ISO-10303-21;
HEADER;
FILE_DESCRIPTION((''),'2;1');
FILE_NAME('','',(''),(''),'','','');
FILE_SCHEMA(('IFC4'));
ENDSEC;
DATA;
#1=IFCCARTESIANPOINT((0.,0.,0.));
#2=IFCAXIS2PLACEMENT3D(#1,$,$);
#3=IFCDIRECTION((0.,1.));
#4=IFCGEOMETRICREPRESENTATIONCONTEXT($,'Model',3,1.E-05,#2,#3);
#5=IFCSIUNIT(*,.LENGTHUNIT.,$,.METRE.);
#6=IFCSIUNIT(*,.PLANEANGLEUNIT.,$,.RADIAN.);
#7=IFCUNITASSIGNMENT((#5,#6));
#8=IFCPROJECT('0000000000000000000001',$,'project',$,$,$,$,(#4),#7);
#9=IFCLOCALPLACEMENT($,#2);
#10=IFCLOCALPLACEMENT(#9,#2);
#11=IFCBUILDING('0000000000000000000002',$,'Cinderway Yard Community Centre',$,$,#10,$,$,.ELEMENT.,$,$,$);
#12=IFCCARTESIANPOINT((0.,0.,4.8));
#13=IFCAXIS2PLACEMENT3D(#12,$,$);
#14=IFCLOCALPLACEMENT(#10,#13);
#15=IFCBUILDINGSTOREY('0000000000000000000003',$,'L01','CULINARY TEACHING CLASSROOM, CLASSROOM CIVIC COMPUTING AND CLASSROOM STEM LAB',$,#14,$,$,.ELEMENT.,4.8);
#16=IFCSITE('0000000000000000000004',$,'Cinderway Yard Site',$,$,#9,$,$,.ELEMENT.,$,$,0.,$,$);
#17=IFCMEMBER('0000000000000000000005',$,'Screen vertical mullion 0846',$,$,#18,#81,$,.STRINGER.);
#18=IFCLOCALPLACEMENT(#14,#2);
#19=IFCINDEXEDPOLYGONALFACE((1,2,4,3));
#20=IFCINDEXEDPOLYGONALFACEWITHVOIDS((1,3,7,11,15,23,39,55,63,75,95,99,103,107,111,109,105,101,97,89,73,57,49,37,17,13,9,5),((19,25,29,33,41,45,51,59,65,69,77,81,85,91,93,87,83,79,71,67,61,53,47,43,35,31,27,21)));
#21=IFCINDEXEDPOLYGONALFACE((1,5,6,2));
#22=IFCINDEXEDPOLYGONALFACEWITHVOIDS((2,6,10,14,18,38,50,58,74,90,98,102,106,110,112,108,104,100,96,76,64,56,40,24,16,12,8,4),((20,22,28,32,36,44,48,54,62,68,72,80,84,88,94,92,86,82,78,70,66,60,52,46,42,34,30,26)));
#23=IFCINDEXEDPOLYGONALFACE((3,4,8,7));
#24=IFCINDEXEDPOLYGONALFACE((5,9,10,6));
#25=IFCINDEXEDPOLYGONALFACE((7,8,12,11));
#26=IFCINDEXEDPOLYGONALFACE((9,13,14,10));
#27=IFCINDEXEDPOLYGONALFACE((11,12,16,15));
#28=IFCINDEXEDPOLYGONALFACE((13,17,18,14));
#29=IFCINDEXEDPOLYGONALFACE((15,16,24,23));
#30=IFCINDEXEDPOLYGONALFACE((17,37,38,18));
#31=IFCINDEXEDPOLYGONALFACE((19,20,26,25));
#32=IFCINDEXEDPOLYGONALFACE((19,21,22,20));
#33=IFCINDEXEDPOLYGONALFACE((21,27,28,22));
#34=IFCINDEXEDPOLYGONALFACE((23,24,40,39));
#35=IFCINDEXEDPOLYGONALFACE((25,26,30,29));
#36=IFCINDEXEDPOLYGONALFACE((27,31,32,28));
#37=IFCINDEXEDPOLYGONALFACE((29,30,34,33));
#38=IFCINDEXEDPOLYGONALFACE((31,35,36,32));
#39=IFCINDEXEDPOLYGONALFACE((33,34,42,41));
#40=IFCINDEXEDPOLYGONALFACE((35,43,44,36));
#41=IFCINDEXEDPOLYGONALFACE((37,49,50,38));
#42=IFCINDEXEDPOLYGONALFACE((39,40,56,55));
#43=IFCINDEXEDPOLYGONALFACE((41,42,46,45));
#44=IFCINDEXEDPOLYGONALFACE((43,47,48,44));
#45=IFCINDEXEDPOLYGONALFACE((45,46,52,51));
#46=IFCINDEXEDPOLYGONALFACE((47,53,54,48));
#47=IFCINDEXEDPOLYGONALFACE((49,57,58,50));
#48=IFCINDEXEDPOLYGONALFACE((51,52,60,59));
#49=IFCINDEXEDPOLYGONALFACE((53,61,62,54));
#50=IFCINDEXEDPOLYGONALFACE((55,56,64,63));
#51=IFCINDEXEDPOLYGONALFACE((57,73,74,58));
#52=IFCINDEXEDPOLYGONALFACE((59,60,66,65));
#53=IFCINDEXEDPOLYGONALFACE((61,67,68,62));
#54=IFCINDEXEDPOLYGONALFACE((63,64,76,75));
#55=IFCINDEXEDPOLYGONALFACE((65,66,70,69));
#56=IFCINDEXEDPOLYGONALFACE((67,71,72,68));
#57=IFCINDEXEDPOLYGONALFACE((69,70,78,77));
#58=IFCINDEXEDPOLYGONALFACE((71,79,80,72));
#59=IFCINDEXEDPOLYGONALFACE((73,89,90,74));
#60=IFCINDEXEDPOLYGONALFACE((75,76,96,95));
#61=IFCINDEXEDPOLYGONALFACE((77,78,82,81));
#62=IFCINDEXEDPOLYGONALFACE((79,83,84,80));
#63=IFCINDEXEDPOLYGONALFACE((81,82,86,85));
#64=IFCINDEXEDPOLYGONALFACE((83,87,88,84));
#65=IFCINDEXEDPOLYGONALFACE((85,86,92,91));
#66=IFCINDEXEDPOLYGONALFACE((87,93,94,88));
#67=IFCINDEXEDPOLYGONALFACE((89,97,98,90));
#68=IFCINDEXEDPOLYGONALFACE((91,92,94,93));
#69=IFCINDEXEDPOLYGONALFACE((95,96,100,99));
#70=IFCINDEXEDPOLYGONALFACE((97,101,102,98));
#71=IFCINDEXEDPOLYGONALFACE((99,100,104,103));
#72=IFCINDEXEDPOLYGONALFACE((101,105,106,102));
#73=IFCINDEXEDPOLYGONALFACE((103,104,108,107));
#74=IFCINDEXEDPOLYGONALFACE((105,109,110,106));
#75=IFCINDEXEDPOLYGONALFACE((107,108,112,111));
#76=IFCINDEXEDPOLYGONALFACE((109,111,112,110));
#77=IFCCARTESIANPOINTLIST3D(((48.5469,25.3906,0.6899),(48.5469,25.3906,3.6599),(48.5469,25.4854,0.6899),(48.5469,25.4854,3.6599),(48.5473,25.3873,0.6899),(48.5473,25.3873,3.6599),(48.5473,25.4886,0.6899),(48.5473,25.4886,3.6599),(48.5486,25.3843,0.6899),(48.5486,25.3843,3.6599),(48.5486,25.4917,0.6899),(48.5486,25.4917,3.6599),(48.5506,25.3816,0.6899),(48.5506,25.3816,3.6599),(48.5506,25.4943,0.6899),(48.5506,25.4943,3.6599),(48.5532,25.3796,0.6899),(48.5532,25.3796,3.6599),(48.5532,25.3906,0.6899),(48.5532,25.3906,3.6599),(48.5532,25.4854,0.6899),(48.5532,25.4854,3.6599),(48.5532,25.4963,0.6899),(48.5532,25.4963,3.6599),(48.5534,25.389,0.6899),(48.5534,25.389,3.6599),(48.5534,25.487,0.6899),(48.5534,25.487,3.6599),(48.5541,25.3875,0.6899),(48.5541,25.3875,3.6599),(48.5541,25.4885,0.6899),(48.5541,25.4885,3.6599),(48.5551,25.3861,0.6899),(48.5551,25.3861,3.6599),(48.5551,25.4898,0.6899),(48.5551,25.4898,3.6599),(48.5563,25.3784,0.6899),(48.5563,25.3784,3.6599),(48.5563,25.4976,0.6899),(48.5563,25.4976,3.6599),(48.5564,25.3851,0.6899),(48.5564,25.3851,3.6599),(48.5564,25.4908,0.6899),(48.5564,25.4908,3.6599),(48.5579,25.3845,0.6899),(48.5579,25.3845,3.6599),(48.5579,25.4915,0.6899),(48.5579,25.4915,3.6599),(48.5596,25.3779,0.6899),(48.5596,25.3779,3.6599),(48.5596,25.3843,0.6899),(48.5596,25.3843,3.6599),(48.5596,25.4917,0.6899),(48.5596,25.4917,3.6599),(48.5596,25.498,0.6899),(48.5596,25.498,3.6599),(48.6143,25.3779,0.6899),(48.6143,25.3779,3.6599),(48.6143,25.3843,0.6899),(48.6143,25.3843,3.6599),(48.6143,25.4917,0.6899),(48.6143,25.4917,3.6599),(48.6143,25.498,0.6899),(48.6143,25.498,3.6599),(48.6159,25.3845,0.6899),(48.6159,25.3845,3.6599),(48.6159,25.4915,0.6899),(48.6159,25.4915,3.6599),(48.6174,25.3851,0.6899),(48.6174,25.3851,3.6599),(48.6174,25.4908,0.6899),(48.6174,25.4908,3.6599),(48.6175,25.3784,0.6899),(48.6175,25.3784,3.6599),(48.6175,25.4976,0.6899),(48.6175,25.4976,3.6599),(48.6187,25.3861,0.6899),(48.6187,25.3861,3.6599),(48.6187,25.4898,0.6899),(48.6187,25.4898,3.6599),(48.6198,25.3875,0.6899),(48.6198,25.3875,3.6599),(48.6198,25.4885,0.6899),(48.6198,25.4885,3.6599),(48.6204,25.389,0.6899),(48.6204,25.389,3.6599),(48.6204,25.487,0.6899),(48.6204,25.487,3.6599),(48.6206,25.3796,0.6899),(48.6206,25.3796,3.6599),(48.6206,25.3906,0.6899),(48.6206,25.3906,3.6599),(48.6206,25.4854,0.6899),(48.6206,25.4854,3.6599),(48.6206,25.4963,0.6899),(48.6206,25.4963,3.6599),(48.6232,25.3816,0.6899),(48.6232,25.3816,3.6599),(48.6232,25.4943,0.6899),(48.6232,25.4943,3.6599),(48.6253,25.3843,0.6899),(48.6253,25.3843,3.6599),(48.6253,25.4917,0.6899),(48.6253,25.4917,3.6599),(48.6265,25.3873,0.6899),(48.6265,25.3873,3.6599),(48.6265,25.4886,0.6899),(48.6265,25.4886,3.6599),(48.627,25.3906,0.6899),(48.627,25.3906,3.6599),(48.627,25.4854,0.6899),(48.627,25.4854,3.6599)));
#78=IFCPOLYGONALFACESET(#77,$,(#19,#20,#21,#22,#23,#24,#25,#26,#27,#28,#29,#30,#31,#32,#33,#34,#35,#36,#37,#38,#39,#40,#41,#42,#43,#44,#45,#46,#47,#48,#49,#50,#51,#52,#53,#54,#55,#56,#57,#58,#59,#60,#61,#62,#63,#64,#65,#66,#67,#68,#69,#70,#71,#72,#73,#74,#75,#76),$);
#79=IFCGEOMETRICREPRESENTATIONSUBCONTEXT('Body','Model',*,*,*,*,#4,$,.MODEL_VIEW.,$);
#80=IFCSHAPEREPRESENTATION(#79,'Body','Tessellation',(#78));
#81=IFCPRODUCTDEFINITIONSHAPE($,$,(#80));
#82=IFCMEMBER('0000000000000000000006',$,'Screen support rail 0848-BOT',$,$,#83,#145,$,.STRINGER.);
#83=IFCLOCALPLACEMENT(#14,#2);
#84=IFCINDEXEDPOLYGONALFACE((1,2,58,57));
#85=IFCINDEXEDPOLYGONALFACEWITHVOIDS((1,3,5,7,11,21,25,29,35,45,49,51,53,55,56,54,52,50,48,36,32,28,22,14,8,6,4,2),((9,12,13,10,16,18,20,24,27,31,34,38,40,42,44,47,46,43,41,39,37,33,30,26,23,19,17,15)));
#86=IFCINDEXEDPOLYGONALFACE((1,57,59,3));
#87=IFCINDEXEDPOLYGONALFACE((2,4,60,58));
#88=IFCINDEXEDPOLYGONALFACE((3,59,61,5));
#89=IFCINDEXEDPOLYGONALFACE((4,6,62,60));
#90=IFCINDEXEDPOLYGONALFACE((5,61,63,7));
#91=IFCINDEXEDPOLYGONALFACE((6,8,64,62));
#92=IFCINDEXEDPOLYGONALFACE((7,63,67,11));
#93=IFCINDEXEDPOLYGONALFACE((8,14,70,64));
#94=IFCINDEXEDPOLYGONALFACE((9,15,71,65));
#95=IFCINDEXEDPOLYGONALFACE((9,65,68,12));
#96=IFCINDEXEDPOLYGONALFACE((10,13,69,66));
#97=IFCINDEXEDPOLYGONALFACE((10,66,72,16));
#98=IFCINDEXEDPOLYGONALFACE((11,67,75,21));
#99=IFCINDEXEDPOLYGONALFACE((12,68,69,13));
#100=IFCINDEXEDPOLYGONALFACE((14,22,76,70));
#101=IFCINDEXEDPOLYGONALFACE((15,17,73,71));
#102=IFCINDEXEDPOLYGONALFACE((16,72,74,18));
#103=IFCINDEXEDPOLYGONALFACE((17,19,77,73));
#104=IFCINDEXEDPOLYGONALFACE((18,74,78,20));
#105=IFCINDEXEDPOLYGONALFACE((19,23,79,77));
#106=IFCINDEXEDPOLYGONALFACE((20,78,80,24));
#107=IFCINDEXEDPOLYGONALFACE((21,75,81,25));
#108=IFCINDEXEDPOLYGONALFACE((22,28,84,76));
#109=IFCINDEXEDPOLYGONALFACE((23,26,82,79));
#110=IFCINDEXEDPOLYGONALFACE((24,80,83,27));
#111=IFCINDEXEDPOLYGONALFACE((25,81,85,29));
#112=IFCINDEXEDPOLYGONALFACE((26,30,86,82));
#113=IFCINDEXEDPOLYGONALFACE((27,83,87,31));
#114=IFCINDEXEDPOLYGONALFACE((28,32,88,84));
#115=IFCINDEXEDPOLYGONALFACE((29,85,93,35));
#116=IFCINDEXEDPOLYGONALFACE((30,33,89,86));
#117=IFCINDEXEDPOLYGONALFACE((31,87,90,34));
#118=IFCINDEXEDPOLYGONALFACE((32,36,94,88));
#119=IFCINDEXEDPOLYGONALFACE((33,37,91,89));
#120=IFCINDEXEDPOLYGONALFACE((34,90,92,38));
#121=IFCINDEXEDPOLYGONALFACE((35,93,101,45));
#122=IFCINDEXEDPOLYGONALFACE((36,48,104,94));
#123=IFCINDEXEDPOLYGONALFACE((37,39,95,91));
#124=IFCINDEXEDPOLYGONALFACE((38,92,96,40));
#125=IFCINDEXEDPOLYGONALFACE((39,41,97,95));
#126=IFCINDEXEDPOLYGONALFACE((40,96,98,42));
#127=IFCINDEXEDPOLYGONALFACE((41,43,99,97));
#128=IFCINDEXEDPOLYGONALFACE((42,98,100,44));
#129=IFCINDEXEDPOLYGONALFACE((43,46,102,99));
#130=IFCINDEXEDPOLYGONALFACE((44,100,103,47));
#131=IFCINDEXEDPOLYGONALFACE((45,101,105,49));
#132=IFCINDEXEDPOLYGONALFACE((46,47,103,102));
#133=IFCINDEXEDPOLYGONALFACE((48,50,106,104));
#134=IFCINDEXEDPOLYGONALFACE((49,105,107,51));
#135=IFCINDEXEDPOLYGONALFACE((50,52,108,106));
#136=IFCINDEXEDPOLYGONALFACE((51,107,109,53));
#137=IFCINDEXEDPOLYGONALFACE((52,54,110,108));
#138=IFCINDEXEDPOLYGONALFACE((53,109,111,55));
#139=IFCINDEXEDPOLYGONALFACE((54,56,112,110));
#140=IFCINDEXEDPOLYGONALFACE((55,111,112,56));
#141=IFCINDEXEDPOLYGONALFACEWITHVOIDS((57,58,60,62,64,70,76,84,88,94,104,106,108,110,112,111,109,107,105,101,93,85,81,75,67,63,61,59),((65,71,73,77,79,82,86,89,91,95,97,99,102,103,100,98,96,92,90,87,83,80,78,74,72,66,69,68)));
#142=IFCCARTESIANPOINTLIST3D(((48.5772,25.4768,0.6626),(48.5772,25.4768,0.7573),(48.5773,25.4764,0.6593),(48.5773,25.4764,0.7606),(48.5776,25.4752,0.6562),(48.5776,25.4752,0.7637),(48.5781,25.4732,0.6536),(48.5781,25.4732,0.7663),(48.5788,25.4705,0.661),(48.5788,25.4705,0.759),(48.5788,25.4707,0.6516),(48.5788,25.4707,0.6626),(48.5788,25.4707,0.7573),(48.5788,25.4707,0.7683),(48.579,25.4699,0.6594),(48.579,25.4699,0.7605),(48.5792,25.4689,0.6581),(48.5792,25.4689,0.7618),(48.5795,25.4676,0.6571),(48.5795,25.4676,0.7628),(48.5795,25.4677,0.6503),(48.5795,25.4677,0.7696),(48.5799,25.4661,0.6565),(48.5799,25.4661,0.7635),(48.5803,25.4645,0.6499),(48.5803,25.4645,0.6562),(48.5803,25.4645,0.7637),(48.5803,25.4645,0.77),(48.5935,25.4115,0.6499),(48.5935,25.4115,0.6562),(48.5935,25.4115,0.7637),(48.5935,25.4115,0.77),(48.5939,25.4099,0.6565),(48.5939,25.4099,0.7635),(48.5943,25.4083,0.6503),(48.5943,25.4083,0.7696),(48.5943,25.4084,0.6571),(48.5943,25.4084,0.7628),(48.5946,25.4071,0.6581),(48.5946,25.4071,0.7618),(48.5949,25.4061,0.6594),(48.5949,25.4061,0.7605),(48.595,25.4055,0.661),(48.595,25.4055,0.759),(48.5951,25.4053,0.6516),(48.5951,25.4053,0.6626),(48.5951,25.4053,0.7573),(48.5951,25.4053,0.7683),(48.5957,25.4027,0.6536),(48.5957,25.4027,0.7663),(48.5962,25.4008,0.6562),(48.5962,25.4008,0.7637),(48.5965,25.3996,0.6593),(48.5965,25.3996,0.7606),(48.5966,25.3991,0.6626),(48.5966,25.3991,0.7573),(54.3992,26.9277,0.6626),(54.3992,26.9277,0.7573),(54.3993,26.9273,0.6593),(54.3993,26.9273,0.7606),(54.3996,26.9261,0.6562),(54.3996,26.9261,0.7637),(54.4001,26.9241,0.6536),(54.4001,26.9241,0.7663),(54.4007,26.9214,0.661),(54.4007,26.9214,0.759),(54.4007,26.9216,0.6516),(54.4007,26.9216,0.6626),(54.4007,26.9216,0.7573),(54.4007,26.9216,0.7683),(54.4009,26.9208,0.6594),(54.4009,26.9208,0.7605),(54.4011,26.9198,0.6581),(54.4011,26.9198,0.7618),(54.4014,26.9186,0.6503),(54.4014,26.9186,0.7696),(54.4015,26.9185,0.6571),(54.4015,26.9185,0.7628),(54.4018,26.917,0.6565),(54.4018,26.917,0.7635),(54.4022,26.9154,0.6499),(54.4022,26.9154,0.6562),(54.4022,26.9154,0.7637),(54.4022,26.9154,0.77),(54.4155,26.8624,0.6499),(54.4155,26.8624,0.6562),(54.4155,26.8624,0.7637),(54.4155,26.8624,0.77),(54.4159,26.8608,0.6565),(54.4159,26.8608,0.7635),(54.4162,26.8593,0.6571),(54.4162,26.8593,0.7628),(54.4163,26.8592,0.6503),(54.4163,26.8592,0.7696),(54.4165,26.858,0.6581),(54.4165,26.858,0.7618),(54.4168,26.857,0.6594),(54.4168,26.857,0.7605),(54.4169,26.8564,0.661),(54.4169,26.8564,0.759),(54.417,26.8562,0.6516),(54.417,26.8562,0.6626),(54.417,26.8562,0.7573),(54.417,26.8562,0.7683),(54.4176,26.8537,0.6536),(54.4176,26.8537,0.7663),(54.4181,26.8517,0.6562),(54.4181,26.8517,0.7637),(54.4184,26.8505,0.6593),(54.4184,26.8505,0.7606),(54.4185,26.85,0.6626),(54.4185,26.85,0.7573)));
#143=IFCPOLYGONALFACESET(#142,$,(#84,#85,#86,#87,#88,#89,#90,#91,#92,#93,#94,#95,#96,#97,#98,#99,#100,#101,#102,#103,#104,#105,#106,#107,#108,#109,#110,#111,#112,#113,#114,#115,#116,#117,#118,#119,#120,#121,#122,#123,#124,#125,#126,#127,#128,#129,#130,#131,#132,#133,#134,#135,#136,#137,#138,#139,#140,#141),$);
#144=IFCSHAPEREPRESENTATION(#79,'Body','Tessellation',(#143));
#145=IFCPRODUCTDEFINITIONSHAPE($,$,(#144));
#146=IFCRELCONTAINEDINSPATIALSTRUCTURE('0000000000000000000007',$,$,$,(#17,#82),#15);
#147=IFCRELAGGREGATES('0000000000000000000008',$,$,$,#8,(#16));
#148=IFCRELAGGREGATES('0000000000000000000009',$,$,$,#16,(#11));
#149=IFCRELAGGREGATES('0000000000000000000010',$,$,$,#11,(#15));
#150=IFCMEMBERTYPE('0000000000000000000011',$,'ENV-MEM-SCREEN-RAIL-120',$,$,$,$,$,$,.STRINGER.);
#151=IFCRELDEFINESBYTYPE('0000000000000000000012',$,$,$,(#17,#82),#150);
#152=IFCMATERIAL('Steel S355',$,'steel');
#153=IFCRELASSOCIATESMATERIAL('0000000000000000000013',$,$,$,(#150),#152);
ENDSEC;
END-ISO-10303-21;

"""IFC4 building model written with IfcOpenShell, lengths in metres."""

from ifc_helpers import new_model, si_unit, direction, frame, origin, origin_2d, place, context, subcontext, project, spatial, hollow_rectangle, extrude, material, material_profile, profile_set, type_object, element, save


model = new_model("IFC4")

# Units and contexts
model_context = context("Model", 3, precision=1e-05, world=origin(), true_north=direction((0.0, 1.0)))
body_context = subcontext(model_context, "Body", "Model", "MODEL_VIEW")
ifc_project = project(units=[si_unit("LENGTHUNIT", "METRE"), si_unit("PLANEANGLEUNIT", "RADIAN")], contexts=[model_context])

# Site, building, storey
site_placement = place(None, origin())
site = spatial("IfcSite", under=ifc_project, at=site_placement, Name="Cinderway Yard Site", CompositionType="ELEMENT", RefElevation=0.0)
building_placement = place(site_placement, origin())
building = spatial("IfcBuilding", under=site, at=building_placement, Name="Cinderway Yard Community Centre", CompositionType="ELEMENT")
storey_placement = place(building_placement, frame((0.0, 0.0, 4.8)))
storey = spatial("IfcBuildingStorey", under=building, at=storey_placement, Name="L01", Description="CULINARY TEACHING CLASSROOM, CLASSROOM CIVIC COMPUTING AND CLASSROOM STEM LAB", CompositionType="ELEMENT", Elevation=4.8)

# Members
ifc_material_1 = material(Name="Steel S355", Category="steel")
ifc_material_profile_1 = material_profile(ifc_material_1, hollow_rectangle(XDim=0.0801, YDim=0.1201, WallThickness=0.0063, InnerFilletRadius=0.0063, OuterFilletRadius=0.0127, at=origin_2d()), Name="Steel S355")
ifc_profile_set_1 = profile_set([ifc_material_profile_1], Name="Steel S355")
member_type_1 = type_object("IfcMemberType", Name="ENV-MEM-SCREEN-RAIL-120", PredefinedType="STRINGER", material=ifc_profile_set_1)
for number, where, z_axis, x_axis, name in (
    (1, (48.5869, 25.438, 0.6899), (0.0, 0.0, 1.0), (1.0, 0.0, 0.0), "Screen vertical mullion 0846"),
):
    element("IfcMember", number, at=place(storey_placement, frame(where, z_axis=z_axis, x_axis=x_axis)), inside=storey, type_object=member_type_1, Name=name, PredefinedType="STRINGER", context=body_context, shape_type="SweptSolid", body=[
        extrude(hollow_rectangle(XDim=0.0801, YDim=0.1201, WallThickness=0.0063, InnerFilletRadius=0.0063, OuterFilletRadius=0.0127, at=origin_2d()), origin(), (0.0, 0.0, 1.0), 2.97),
    ])
for number, where, z_axis, x_axis, name in (
    (2, (48.5869, 25.438, 0.71), (0.970322, 0.241818, 0.0), (-0.241818, 0.970322, 0.0), "Screen support rail 0848-BOT"),
):
    element("IfcMember", number, at=place(storey_placement, frame(where, z_axis=z_axis, x_axis=x_axis)), inside=storey, type_object=member_type_1, Name=name, PredefinedType="STRINGER", context=body_context, shape_type="SweptSolid", body=[
        extrude(hollow_rectangle(XDim=0.0801, YDim=0.1201, WallThickness=0.0063, InnerFilletRadius=0.0063, OuterFilletRadius=0.0127, at=origin_2d()), origin(), (0.0, 0.0, 1.0), 6.0),
    ])

save(model, "model.ifc")
